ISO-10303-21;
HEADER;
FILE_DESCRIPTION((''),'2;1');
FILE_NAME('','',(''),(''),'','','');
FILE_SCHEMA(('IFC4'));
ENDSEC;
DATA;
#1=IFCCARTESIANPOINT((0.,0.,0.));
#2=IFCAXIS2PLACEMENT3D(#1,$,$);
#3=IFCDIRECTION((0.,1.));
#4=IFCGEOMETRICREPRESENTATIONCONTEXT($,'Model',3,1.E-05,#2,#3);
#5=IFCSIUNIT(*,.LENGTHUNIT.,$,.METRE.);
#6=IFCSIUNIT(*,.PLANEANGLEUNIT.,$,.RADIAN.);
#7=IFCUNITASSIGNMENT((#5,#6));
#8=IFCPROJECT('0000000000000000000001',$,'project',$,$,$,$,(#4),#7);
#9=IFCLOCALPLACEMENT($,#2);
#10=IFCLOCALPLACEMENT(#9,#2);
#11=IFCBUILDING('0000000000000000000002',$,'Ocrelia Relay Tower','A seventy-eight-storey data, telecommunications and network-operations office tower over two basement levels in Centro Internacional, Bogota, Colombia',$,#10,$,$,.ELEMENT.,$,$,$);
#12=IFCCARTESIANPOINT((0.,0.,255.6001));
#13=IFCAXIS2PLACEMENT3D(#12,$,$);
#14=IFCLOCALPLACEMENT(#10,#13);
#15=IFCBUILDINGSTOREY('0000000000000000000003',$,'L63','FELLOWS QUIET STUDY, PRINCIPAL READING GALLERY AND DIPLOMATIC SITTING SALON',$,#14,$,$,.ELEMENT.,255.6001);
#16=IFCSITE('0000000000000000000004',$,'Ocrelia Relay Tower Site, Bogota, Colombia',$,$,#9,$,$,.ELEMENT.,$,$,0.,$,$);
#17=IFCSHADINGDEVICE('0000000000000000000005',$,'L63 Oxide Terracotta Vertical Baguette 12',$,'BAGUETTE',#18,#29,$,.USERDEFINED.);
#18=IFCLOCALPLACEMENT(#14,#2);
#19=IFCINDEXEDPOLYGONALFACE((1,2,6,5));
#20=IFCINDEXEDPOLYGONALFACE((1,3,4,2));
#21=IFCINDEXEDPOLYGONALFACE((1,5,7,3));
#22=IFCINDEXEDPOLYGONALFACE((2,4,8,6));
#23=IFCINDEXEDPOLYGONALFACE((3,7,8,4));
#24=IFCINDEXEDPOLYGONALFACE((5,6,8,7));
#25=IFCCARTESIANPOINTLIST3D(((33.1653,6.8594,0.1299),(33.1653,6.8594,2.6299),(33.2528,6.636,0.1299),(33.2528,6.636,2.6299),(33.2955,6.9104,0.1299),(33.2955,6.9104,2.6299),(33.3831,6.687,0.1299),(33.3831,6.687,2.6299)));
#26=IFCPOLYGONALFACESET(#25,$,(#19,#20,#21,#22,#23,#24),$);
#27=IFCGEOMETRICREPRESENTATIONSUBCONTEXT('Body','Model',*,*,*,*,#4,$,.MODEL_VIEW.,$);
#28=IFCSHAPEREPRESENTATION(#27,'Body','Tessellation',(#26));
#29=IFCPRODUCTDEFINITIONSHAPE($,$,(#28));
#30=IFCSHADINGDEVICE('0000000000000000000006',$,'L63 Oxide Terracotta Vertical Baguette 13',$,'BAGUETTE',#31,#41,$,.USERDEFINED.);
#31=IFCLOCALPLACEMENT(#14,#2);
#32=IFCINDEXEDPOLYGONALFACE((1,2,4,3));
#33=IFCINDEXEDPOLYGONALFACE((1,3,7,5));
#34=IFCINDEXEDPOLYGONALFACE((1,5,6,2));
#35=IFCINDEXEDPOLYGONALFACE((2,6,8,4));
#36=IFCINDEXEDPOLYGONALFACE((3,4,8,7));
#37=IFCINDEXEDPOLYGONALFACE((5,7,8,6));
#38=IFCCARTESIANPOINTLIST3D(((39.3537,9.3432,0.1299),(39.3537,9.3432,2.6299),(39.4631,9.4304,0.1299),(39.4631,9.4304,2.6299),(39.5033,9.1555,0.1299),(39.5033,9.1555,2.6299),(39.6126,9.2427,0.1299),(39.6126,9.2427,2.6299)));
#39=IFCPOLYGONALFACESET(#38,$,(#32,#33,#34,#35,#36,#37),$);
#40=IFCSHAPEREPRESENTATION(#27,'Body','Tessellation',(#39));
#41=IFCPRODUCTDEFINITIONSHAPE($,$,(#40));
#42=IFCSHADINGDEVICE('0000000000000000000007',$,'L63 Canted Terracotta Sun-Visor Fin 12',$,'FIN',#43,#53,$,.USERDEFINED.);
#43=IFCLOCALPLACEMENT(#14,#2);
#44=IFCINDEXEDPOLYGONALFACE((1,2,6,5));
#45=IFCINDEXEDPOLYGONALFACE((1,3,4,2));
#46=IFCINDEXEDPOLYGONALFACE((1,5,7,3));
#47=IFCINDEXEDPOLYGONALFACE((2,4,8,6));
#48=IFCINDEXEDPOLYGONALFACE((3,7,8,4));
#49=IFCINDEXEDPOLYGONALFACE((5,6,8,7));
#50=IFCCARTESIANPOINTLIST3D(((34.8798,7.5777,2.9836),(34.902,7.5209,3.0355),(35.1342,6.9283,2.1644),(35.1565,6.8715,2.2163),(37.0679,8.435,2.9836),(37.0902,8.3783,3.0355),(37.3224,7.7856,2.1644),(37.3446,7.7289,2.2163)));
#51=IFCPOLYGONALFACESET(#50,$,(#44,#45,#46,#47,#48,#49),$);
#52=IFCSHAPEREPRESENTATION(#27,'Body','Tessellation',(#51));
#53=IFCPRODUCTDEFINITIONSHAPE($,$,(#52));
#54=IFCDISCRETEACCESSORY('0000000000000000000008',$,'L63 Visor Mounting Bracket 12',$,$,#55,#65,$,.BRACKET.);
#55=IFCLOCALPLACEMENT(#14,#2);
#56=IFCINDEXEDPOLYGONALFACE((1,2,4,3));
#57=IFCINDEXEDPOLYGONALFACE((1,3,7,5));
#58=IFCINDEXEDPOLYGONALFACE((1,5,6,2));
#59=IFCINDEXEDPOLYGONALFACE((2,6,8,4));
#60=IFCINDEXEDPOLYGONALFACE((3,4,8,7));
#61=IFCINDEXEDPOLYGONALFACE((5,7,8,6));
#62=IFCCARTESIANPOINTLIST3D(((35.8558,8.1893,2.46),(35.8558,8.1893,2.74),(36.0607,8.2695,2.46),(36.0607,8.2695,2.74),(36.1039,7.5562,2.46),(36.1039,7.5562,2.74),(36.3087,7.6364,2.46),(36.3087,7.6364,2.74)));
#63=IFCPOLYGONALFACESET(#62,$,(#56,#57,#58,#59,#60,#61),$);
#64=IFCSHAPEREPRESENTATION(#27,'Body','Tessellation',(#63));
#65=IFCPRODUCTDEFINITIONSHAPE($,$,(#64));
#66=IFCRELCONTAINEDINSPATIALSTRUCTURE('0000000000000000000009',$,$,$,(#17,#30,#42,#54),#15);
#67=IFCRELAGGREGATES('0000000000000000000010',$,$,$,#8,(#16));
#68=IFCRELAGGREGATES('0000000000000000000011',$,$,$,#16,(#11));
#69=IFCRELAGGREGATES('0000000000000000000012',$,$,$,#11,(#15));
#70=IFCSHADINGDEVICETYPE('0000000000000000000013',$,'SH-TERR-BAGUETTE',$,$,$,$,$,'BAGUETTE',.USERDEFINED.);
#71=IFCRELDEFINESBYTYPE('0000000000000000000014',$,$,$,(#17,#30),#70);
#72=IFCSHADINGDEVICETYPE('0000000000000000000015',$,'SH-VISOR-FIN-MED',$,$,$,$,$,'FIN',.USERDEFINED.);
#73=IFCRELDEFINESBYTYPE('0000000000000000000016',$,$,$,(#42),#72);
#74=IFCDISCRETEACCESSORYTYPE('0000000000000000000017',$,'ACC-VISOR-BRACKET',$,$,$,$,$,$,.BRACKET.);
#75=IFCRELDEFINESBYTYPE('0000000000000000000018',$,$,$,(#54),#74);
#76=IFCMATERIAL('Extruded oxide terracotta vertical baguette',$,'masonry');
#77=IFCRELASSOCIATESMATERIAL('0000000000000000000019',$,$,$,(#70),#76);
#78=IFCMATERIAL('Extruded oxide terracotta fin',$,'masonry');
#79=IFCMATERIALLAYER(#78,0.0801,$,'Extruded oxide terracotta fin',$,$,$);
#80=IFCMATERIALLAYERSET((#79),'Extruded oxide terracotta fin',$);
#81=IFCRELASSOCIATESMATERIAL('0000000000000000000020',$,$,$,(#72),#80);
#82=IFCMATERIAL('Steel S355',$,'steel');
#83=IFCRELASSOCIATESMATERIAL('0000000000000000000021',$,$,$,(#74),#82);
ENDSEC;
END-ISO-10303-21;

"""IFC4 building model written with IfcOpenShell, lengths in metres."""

from ifc_helpers import new_model, si_unit, direction, frame, origin, origin_2d, place, context, subcontext, project, spatial, rectangle, extrude, material, layer, layer_set, type_object, element, save


model = new_model("IFC4")

# Units and contexts
model_context = context("Model", 3, precision=1e-05, world=origin(), true_north=direction((0.0, 1.0)))
body_context = subcontext(model_context, "Body", "Model", "MODEL_VIEW")
ifc_project = project(units=[si_unit("LENGTHUNIT", "METRE"), si_unit("PLANEANGLEUNIT", "RADIAN")], contexts=[model_context])

# Site, building, storey
site_placement = place(None, origin())
site = spatial("IfcSite", under=ifc_project, at=site_placement, Name="Ocrelia Relay Tower Site, Bogota, Colombia", CompositionType="ELEMENT", RefElevation=0.0)
building_placement = place(site_placement, origin())
building = spatial("IfcBuilding", under=site, at=building_placement, Name="Ocrelia Relay Tower", Description="A seventy-eight-storey data, telecommunications and network-operations office tower over two basement levels in Centro Internacional, Bogota, Colombia", CompositionType="ELEMENT")
storey_placement = place(building_placement, frame((0.0, 0.0, 255.6001)))
storey = spatial("IfcBuildingStorey", under=building, at=storey_placement, Name="L63", Description="FELLOWS QUIET STUDY, PRINCIPAL READING GALLERY AND DIPLOMATIC SITTING SALON", CompositionType="ELEMENT", Elevation=255.6001)

# Shared definitions
ifc_material_1 = material(Name="Steel S355", Category="steel")

# Shading devices
ifc_material_2 = material(Name="Extruded oxide terracotta vertical baguette", Category="masonry")
shading_device_type_1 = type_object("IfcShadingDeviceType", Name="SH-TERR-BAGUETTE", ElementType="BAGUETTE", PredefinedType="USERDEFINED", material=ifc_material_2)
for number, where, z_axis, x_axis, name in (
    (1, (33.2742, 6.7732, 0.1299), (0.0, 0.0, 1.0), (0.931076, 0.364826, 0.0), "L63 Oxide Terracotta Vertical Baguette 12"),
    (2, (39.4832, 9.293, 0.1299), (0.0, 0.0, 1.0), (0.781973, 0.623313, 0.0), "L63 Oxide Terracotta Vertical Baguette 13"),
):
    element("IfcShadingDevice", number, at=place(storey_placement, frame(where, z_axis=z_axis, x_axis=x_axis)), inside=storey, type_object=shading_device_type_1, Name=name, ObjectType="BAGUETTE", PredefinedType="USERDEFINED", context=body_context, shape_type="SweptSolid", body=[
        extrude(rectangle(XDim=0.1399, YDim=0.24, at=origin_2d()), origin(), (0.0, 0.0, 1.0), 2.5),
    ])
ifc_material_3 = material(Name="Extruded oxide terracotta fin", Category="masonry")
ifc_layer_1 = layer(ifc_material_3, 0.0801, Name="Extruded oxide terracotta fin")
ifc_layer_set_1 = layer_set([ifc_layer_1], Name="Extruded oxide terracotta fin")
shading_device_type_2 = type_object("IfcShadingDeviceType", Name="SH-VISOR-FIN-MED", ElementType="FIN", PredefinedType="USERDEFINED", material=ifc_layer_set_1)
shading_device_placement = place(storey_placement, frame((36.1011, 7.6816, 2.574), z_axis=(0.277787, -0.708945, 0.648253), x_axis=(0.931076, 0.364826, 0.0)))
element("IfcShadingDevice", 3, at=shading_device_placement, inside=storey, type_object=shading_device_type_2, Name="L63 Canted Terracotta Sun-Visor Fin 12", ObjectType="FIN", PredefinedType="USERDEFINED", context=body_context, shape_type="SweptSolid", body=[
    extrude(rectangle(XDim=2.3501, YDim=1.0759, at=origin_2d()), origin(), (0.0, 0.0, 1.0), 0.0801),
])

# Discrete accessory
discrete_accessory_type = type_object("IfcDiscreteAccessoryType", Name="ACC-VISOR-BRACKET", PredefinedType="BRACKET", material=ifc_material_1)
discrete_accessory_placement = place(storey_placement, frame((36.0823, 7.9128, 2.46), z_axis=(0.0, 0.0, 1.0), x_axis=(0.931076, 0.364826, 0.0)))
element("IfcDiscreteAccessory", 4, at=discrete_accessory_placement, inside=storey, type_object=discrete_accessory_type, Name="L63 Visor Mounting Bracket 12", PredefinedType="BRACKET", context=body_context, shape_type="SweptSolid", body=[
    extrude(rectangle(XDim=0.22, YDim=0.6799, at=origin_2d()), origin(), (0.0, 0.0, 1.0), 0.28),
])

save(model, "model.ifc")
